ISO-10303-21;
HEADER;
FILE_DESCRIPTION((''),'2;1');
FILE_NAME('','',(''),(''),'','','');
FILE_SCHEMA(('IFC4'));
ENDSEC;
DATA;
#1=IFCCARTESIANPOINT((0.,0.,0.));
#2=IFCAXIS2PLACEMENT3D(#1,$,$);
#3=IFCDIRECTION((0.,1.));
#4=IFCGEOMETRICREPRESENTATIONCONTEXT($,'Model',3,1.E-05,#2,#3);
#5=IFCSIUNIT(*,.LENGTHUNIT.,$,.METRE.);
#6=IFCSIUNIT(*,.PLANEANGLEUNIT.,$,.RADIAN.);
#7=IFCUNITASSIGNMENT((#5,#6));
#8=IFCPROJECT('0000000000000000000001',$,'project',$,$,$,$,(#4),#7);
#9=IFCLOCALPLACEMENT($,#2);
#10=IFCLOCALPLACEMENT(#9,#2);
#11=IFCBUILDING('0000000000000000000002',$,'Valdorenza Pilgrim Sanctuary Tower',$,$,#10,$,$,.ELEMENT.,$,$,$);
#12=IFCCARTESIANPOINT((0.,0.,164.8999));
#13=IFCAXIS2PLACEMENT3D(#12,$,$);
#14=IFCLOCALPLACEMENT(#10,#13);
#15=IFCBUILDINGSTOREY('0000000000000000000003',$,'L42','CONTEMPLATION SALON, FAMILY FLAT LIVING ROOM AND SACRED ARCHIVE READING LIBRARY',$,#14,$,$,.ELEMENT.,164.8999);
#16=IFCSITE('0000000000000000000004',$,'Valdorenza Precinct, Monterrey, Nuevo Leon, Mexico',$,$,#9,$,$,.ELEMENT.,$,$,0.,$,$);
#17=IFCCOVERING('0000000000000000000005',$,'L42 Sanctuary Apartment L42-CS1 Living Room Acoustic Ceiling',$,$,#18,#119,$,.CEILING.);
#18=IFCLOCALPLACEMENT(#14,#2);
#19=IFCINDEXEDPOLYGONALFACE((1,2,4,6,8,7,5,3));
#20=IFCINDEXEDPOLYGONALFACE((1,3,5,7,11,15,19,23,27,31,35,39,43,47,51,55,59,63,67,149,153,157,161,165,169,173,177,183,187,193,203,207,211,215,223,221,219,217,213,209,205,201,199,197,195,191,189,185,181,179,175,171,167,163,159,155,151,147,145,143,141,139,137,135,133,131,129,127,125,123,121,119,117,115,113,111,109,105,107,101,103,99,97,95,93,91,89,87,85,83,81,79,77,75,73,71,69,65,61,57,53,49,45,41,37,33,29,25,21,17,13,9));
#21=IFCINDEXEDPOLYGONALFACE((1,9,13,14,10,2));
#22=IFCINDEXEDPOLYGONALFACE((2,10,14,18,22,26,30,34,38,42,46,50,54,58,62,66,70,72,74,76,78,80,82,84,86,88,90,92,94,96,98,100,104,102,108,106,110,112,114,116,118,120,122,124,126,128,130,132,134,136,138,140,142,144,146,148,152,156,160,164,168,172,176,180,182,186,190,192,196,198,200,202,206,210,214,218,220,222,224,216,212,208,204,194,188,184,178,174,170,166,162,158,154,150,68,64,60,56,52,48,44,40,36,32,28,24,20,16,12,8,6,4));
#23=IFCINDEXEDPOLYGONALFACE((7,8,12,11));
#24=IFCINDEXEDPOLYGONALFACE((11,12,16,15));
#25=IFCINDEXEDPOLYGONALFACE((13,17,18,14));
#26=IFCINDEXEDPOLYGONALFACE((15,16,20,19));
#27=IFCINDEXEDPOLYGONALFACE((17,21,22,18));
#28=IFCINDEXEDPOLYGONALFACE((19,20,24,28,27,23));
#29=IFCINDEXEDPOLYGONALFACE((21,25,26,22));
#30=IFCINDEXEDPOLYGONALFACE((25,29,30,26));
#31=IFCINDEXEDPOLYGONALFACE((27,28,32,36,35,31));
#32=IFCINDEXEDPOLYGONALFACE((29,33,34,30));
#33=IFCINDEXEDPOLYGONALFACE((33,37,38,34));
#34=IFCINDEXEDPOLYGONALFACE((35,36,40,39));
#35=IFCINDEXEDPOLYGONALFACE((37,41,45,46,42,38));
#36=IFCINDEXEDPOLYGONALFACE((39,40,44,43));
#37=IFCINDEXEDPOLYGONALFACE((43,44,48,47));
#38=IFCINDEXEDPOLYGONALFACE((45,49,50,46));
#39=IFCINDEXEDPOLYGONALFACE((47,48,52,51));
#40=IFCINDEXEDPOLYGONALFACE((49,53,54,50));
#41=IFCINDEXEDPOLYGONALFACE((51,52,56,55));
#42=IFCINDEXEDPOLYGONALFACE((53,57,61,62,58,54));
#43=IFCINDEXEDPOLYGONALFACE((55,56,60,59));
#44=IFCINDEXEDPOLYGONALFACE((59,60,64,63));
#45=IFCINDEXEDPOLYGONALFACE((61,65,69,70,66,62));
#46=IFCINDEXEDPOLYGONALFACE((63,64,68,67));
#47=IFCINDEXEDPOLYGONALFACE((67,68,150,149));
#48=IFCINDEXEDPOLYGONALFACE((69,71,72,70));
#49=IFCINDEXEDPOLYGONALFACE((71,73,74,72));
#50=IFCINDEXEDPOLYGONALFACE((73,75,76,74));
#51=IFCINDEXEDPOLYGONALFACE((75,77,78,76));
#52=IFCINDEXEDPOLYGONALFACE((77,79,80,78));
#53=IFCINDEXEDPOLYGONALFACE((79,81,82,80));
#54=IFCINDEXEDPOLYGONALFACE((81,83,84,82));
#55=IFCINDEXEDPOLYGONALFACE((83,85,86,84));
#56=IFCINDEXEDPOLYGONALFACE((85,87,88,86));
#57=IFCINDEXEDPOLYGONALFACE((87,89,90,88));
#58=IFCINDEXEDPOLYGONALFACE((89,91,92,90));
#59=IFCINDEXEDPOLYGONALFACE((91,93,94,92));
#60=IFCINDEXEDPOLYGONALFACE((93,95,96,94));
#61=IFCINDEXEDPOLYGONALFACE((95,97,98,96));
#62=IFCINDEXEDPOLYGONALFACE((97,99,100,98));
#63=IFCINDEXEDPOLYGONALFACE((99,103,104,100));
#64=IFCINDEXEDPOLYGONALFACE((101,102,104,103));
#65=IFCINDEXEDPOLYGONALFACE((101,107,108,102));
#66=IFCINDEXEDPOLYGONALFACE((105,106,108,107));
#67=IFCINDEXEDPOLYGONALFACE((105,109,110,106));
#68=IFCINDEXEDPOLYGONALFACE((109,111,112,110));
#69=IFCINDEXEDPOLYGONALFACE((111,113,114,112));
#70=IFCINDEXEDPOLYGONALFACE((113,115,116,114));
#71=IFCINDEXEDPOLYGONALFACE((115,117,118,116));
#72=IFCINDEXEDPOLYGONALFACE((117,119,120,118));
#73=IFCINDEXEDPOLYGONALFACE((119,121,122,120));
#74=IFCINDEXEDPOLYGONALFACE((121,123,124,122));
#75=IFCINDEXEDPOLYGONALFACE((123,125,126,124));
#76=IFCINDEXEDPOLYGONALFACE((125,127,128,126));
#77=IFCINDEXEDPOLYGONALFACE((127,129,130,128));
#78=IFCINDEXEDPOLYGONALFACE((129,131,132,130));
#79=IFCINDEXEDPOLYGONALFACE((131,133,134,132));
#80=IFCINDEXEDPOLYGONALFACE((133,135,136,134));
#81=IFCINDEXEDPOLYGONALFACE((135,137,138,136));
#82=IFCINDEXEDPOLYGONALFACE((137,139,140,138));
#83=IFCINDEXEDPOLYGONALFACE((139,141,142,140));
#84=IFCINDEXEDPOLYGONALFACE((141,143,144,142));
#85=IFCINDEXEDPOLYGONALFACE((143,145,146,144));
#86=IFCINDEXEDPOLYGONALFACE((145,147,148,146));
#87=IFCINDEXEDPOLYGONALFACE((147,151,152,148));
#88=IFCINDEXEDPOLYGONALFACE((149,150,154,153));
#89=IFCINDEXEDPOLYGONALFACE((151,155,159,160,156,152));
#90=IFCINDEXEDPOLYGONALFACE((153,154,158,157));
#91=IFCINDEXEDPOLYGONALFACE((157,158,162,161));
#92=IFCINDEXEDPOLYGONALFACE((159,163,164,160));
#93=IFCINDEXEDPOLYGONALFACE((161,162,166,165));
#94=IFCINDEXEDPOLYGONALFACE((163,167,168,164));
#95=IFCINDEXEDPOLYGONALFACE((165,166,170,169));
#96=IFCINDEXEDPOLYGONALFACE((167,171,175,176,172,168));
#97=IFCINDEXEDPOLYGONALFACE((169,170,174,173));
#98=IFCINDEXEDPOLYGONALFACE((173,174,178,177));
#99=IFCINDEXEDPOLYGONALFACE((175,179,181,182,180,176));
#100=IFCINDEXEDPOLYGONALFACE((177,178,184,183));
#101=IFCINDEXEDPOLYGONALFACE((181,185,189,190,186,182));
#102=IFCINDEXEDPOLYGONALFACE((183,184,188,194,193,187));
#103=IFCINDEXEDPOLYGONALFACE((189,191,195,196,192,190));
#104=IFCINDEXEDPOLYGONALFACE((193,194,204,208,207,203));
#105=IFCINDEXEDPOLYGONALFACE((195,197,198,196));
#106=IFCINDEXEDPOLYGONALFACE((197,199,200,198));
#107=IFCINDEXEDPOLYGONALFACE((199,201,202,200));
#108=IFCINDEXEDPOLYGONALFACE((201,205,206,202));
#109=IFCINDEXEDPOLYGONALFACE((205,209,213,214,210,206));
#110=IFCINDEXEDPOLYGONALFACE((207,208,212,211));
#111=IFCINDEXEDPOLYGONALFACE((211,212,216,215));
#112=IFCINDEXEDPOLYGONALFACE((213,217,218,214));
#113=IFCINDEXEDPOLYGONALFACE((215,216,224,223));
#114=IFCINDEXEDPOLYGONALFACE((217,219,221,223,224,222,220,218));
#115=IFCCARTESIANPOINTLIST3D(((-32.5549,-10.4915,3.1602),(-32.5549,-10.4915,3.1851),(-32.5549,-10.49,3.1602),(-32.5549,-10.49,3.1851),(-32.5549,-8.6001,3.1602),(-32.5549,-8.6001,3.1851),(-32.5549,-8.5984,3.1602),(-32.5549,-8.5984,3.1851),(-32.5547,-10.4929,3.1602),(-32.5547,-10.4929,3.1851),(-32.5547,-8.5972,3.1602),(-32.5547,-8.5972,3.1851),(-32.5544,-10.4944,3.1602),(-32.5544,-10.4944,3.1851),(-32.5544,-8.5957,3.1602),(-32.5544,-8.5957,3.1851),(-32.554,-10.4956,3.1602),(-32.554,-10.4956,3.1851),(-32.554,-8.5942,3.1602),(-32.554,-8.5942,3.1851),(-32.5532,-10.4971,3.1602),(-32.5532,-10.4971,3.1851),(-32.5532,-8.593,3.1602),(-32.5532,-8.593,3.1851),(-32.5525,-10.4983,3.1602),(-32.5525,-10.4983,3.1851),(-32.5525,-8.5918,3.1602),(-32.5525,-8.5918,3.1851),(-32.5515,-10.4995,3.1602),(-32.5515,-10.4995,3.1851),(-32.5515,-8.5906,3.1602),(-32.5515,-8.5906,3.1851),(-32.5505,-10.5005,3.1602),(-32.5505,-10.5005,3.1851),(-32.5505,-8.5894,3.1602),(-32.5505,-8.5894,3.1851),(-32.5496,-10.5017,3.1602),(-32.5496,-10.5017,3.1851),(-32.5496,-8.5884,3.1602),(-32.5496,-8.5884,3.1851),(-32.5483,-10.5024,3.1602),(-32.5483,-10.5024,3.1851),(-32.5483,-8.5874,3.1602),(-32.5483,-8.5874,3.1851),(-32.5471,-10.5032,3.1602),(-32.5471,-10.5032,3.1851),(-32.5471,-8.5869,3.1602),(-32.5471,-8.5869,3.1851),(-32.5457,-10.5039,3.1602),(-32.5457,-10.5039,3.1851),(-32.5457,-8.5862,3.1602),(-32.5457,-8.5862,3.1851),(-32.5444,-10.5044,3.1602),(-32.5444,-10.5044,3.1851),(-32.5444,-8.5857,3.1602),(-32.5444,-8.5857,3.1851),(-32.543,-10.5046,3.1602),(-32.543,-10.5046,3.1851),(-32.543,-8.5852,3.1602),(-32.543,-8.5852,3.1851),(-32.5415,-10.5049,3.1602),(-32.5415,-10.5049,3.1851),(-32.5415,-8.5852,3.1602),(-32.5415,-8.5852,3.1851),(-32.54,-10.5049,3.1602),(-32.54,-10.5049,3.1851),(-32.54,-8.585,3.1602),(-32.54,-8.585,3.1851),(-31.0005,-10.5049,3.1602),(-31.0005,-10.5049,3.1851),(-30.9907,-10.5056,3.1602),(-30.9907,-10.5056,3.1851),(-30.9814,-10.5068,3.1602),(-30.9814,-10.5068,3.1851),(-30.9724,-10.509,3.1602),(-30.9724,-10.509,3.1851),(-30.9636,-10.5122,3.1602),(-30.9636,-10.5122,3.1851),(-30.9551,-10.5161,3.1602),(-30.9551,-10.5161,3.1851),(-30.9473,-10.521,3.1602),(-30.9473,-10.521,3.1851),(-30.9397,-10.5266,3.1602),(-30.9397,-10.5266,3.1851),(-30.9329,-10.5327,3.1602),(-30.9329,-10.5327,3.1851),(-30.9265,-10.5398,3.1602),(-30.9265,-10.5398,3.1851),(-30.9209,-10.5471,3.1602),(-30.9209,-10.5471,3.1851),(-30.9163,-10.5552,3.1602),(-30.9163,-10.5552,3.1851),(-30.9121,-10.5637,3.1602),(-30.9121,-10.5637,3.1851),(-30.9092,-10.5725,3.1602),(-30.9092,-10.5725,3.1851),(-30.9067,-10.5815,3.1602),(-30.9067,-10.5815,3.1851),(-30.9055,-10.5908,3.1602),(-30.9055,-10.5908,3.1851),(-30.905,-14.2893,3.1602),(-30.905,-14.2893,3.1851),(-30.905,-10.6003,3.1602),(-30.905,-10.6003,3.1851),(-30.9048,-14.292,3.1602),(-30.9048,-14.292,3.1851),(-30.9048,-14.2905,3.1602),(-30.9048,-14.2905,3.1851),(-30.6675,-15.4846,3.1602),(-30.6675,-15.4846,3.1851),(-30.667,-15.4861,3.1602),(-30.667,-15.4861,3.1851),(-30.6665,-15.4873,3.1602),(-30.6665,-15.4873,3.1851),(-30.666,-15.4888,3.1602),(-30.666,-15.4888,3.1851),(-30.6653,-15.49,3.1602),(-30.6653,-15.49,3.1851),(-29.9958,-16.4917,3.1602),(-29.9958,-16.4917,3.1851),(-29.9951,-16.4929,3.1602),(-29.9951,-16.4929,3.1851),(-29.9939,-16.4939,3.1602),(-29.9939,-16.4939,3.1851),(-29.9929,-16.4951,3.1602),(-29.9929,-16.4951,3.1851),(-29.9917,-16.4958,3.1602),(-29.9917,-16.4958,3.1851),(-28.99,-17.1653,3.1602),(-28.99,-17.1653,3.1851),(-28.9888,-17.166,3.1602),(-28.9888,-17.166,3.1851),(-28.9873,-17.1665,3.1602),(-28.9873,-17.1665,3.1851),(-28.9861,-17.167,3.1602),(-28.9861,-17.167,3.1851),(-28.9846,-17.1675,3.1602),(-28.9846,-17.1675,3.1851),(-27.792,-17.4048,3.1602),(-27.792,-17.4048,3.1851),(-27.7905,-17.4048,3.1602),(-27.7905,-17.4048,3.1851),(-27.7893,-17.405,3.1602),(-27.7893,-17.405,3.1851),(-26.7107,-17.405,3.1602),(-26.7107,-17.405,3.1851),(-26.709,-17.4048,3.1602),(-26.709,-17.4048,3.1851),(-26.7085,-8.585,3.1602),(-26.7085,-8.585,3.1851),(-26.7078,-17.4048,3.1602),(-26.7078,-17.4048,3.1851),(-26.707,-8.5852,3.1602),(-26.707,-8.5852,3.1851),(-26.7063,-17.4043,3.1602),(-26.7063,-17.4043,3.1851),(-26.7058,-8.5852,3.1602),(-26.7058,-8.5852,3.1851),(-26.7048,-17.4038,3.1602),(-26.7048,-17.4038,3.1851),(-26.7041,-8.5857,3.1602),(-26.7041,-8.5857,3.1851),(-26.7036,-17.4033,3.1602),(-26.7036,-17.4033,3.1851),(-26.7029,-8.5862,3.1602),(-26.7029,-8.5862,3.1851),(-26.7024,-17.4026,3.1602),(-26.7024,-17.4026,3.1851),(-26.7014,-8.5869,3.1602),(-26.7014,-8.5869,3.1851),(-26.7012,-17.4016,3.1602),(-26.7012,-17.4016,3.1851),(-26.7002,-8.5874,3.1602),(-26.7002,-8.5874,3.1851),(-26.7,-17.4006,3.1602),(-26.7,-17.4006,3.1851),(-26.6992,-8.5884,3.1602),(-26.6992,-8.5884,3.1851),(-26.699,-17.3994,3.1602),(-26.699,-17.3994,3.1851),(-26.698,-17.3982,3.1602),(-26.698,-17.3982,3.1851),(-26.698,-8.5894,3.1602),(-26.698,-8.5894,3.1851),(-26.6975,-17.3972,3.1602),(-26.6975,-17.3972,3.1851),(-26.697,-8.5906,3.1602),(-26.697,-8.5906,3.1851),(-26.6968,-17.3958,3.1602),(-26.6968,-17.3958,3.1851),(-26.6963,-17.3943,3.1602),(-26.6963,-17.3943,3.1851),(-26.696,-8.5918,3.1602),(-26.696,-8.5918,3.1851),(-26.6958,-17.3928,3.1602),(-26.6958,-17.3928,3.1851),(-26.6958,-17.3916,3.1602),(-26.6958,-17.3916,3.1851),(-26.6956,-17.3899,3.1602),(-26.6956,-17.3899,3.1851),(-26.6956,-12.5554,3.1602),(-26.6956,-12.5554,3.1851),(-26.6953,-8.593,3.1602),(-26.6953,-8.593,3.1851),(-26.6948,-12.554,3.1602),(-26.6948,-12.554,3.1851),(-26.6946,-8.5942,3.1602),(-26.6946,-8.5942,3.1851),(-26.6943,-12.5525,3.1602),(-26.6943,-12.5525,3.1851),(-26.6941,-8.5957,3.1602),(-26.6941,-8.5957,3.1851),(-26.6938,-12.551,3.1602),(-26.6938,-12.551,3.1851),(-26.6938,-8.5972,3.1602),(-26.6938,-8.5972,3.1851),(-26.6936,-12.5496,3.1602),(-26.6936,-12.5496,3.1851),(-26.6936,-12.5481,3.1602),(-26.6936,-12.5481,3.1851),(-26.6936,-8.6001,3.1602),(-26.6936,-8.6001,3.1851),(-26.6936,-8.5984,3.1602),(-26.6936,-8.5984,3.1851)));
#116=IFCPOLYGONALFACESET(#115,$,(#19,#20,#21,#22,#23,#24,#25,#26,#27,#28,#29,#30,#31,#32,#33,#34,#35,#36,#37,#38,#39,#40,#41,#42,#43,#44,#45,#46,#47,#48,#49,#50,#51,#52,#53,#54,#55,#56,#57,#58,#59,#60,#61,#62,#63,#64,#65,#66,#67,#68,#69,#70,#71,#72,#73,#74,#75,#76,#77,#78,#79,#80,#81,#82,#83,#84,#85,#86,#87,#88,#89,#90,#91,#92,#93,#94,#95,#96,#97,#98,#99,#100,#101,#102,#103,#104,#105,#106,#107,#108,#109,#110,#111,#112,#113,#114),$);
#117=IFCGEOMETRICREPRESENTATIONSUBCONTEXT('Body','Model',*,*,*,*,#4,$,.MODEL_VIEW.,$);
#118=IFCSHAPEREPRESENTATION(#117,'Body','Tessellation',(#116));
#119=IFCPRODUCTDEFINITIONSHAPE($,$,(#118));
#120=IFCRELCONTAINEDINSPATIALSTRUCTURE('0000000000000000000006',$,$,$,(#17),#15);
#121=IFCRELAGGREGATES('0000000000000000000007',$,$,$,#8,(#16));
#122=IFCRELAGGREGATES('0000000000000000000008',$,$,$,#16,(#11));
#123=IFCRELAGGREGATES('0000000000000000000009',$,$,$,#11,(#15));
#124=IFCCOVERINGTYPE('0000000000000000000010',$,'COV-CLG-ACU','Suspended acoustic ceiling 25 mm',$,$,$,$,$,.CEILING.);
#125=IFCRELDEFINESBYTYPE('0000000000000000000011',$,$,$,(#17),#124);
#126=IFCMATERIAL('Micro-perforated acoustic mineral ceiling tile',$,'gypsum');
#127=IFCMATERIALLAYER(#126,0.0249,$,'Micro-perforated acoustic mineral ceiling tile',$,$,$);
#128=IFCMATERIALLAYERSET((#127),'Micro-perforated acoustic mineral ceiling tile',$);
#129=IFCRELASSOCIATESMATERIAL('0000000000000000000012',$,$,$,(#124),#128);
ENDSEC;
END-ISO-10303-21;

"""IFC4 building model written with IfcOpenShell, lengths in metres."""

from ifc_helpers import new_model, si_unit, direction, frame, origin, place, context, subcontext, project, spatial, polyline, outline, extrude, material, layer, layer_set, type_object, element, save


model = new_model("IFC4")

# Units and contexts
model_context = context("Model", 3, precision=1e-05, world=origin(), true_north=direction((0.0, 1.0)))
body_context = subcontext(model_context, "Body", "Model", "MODEL_VIEW")
ifc_project = project(units=[si_unit("LENGTHUNIT", "METRE"), si_unit("PLANEANGLEUNIT", "RADIAN")], contexts=[model_context])

# Site, building, storey
site_placement = place(None, origin())
site = spatial("IfcSite", under=ifc_project, at=site_placement, Name="Valdorenza Precinct, Monterrey, Nuevo Leon, Mexico", CompositionType="ELEMENT", RefElevation=0.0)
building_placement = place(site_placement, origin())
building = spatial("IfcBuilding", under=site, at=building_placement, Name="Valdorenza Pilgrim Sanctuary Tower", CompositionType="ELEMENT")
storey_placement = place(building_placement, frame((0.0, 0.0, 164.8999)))
storey = spatial("IfcBuildingStorey", under=building, at=storey_placement, Name="L42", Description="CONTEMPLATION SALON, FAMILY FLAT LIVING ROOM AND SACRED ARCHIVE READING LIBRARY", CompositionType="ELEMENT", Elevation=164.8999)

# Covering
ifc_material_1 = material(Name="Micro-perforated acoustic mineral ceiling tile", Category="gypsum")
ifc_layer_1 = layer(ifc_material_1, 0.0249, Name="Micro-perforated acoustic mineral ceiling tile")
ifc_layer_set_1 = layer_set([ifc_layer_1], Name="Micro-perforated acoustic mineral ceiling tile")
covering_type_1 = type_object("IfcCoveringType", Name="COV-CLG-ACU", Description="Suspended acoustic ceiling 25 mm", PredefinedType="CEILING", material=ifc_layer_set_1)
covering_1_placement = place(storey_placement, frame((0.0, 0.0, 3.1602)))
element("IfcCovering", 1, at=covering_1_placement, inside=storey, type_object=covering_type_1, Name="L42 Sanctuary Apartment L42-CS1 Living Room Acoustic Ceiling", PredefinedType="CEILING", context=body_context, shape_type="SweptSolid", body=[
    extrude(outline(polyline([(-28.9846, -17.1675), (-28.9861, -17.167), (-28.9873, -17.1665), (-28.9888, -17.166), (-28.99, -17.1653), (-29.9917, -16.4958), (-29.9929, -16.4951), (-29.9939, -16.4939), (-29.9951, -16.4929), (-29.9958, -16.4917), (-30.6653, -15.49), (-30.666, -15.4888), (-30.6665, -15.4873), (-30.667, -15.4861), (-30.6675, -15.4846), (-30.9048, -14.292), (-30.9048, -14.2905), (-30.905, -14.2893), (-30.905, -10.6003), (-30.9055, -10.5908), (-30.9067, -10.5815), (-30.9092, -10.5725), (-30.9121, -10.5637), (-30.9163, -10.5552), (-30.9209, -10.5471), (-30.9265, -10.5398), (-30.9329, -10.5327), (-30.9397, -10.5266), (-30.9473, -10.521), (-30.9551, -10.5161), (-30.9636, -10.5122), (-30.9724, -10.509), (-30.9814, -10.5068), (-30.9907, -10.5056), (-31.0005, -10.5049), (-32.54, -10.5049), (-32.5415, -10.5049), (-32.543, -10.5046), (-32.5444, -10.5044), (-32.5457, -10.5039), (-32.5471, -10.5032), (-32.5483, -10.5024), (-32.5496, -10.5017), (-32.5505, -10.5005), (-32.5515, -10.4995), (-32.5525, -10.4983), (-32.5532, -10.4971), (-32.554, -10.4956), (-32.5544, -10.4944), (-32.5547, -10.4929), (-32.5549, -10.4915), (-32.5549, -10.49), (-32.5549, -8.6001), (-32.5549, -8.5984), (-32.5547, -8.5972), (-32.5544, -8.5957), (-32.554, -8.5942), (-32.5532, -8.593), (-32.5525, -8.5918), (-32.5515, -8.5906), (-32.5505, -8.5894), (-32.5496, -8.5884), (-32.5483, -8.5874), (-32.5471, -8.5869), (-32.5457, -8.5862), (-32.5444, -8.5857), (-32.543, -8.5852), (-32.5415, -8.5852), (-32.54, -8.585), (-26.7085, -8.585), (-26.707, -8.5852), (-26.7058, -8.5852), (-26.7041, -8.5857), (-26.7029, -8.5862), (-26.7014, -8.5869), (-26.7002, -8.5874), (-26.6992, -8.5884), (-26.698, -8.5894), (-26.697, -8.5906), (-26.696, -8.5918), (-26.6953, -8.593), (-26.6946, -8.5942), (-26.6941, -8.5957), (-26.6938, -8.5972), (-26.6936, -8.5984), (-26.6936, -8.6001), (-26.6936, -12.5481), (-26.6936, -12.5496), (-26.6938, -12.551), (-26.6943, -12.5525), (-26.6948, -12.554), (-26.6956, -12.5554), (-26.6956, -12.5554), (-26.6956, -17.3899), (-26.6958, -17.3916), (-26.6958, -17.3928), (-26.6963, -17.3943), (-26.6968, -17.3958), (-26.6975, -17.3972), (-26.698, -17.3982), (-26.699, -17.3994), (-26.7, -17.4006), (-26.7012, -17.4016), (-26.7024, -17.4026), (-26.7036, -17.4033), (-26.7048, -17.4038), (-26.7063, -17.4043), (-26.7078, -17.4048), (-26.709, -17.4048), (-26.7107, -17.405), (-27.7893, -17.405), (-27.7905, -17.4048), (-27.792, -17.4048), (-28.9846, -17.1675)])), origin(), (0.0, 0.0, 1.0), 0.0249),
])

save(model, "model.ifc")
